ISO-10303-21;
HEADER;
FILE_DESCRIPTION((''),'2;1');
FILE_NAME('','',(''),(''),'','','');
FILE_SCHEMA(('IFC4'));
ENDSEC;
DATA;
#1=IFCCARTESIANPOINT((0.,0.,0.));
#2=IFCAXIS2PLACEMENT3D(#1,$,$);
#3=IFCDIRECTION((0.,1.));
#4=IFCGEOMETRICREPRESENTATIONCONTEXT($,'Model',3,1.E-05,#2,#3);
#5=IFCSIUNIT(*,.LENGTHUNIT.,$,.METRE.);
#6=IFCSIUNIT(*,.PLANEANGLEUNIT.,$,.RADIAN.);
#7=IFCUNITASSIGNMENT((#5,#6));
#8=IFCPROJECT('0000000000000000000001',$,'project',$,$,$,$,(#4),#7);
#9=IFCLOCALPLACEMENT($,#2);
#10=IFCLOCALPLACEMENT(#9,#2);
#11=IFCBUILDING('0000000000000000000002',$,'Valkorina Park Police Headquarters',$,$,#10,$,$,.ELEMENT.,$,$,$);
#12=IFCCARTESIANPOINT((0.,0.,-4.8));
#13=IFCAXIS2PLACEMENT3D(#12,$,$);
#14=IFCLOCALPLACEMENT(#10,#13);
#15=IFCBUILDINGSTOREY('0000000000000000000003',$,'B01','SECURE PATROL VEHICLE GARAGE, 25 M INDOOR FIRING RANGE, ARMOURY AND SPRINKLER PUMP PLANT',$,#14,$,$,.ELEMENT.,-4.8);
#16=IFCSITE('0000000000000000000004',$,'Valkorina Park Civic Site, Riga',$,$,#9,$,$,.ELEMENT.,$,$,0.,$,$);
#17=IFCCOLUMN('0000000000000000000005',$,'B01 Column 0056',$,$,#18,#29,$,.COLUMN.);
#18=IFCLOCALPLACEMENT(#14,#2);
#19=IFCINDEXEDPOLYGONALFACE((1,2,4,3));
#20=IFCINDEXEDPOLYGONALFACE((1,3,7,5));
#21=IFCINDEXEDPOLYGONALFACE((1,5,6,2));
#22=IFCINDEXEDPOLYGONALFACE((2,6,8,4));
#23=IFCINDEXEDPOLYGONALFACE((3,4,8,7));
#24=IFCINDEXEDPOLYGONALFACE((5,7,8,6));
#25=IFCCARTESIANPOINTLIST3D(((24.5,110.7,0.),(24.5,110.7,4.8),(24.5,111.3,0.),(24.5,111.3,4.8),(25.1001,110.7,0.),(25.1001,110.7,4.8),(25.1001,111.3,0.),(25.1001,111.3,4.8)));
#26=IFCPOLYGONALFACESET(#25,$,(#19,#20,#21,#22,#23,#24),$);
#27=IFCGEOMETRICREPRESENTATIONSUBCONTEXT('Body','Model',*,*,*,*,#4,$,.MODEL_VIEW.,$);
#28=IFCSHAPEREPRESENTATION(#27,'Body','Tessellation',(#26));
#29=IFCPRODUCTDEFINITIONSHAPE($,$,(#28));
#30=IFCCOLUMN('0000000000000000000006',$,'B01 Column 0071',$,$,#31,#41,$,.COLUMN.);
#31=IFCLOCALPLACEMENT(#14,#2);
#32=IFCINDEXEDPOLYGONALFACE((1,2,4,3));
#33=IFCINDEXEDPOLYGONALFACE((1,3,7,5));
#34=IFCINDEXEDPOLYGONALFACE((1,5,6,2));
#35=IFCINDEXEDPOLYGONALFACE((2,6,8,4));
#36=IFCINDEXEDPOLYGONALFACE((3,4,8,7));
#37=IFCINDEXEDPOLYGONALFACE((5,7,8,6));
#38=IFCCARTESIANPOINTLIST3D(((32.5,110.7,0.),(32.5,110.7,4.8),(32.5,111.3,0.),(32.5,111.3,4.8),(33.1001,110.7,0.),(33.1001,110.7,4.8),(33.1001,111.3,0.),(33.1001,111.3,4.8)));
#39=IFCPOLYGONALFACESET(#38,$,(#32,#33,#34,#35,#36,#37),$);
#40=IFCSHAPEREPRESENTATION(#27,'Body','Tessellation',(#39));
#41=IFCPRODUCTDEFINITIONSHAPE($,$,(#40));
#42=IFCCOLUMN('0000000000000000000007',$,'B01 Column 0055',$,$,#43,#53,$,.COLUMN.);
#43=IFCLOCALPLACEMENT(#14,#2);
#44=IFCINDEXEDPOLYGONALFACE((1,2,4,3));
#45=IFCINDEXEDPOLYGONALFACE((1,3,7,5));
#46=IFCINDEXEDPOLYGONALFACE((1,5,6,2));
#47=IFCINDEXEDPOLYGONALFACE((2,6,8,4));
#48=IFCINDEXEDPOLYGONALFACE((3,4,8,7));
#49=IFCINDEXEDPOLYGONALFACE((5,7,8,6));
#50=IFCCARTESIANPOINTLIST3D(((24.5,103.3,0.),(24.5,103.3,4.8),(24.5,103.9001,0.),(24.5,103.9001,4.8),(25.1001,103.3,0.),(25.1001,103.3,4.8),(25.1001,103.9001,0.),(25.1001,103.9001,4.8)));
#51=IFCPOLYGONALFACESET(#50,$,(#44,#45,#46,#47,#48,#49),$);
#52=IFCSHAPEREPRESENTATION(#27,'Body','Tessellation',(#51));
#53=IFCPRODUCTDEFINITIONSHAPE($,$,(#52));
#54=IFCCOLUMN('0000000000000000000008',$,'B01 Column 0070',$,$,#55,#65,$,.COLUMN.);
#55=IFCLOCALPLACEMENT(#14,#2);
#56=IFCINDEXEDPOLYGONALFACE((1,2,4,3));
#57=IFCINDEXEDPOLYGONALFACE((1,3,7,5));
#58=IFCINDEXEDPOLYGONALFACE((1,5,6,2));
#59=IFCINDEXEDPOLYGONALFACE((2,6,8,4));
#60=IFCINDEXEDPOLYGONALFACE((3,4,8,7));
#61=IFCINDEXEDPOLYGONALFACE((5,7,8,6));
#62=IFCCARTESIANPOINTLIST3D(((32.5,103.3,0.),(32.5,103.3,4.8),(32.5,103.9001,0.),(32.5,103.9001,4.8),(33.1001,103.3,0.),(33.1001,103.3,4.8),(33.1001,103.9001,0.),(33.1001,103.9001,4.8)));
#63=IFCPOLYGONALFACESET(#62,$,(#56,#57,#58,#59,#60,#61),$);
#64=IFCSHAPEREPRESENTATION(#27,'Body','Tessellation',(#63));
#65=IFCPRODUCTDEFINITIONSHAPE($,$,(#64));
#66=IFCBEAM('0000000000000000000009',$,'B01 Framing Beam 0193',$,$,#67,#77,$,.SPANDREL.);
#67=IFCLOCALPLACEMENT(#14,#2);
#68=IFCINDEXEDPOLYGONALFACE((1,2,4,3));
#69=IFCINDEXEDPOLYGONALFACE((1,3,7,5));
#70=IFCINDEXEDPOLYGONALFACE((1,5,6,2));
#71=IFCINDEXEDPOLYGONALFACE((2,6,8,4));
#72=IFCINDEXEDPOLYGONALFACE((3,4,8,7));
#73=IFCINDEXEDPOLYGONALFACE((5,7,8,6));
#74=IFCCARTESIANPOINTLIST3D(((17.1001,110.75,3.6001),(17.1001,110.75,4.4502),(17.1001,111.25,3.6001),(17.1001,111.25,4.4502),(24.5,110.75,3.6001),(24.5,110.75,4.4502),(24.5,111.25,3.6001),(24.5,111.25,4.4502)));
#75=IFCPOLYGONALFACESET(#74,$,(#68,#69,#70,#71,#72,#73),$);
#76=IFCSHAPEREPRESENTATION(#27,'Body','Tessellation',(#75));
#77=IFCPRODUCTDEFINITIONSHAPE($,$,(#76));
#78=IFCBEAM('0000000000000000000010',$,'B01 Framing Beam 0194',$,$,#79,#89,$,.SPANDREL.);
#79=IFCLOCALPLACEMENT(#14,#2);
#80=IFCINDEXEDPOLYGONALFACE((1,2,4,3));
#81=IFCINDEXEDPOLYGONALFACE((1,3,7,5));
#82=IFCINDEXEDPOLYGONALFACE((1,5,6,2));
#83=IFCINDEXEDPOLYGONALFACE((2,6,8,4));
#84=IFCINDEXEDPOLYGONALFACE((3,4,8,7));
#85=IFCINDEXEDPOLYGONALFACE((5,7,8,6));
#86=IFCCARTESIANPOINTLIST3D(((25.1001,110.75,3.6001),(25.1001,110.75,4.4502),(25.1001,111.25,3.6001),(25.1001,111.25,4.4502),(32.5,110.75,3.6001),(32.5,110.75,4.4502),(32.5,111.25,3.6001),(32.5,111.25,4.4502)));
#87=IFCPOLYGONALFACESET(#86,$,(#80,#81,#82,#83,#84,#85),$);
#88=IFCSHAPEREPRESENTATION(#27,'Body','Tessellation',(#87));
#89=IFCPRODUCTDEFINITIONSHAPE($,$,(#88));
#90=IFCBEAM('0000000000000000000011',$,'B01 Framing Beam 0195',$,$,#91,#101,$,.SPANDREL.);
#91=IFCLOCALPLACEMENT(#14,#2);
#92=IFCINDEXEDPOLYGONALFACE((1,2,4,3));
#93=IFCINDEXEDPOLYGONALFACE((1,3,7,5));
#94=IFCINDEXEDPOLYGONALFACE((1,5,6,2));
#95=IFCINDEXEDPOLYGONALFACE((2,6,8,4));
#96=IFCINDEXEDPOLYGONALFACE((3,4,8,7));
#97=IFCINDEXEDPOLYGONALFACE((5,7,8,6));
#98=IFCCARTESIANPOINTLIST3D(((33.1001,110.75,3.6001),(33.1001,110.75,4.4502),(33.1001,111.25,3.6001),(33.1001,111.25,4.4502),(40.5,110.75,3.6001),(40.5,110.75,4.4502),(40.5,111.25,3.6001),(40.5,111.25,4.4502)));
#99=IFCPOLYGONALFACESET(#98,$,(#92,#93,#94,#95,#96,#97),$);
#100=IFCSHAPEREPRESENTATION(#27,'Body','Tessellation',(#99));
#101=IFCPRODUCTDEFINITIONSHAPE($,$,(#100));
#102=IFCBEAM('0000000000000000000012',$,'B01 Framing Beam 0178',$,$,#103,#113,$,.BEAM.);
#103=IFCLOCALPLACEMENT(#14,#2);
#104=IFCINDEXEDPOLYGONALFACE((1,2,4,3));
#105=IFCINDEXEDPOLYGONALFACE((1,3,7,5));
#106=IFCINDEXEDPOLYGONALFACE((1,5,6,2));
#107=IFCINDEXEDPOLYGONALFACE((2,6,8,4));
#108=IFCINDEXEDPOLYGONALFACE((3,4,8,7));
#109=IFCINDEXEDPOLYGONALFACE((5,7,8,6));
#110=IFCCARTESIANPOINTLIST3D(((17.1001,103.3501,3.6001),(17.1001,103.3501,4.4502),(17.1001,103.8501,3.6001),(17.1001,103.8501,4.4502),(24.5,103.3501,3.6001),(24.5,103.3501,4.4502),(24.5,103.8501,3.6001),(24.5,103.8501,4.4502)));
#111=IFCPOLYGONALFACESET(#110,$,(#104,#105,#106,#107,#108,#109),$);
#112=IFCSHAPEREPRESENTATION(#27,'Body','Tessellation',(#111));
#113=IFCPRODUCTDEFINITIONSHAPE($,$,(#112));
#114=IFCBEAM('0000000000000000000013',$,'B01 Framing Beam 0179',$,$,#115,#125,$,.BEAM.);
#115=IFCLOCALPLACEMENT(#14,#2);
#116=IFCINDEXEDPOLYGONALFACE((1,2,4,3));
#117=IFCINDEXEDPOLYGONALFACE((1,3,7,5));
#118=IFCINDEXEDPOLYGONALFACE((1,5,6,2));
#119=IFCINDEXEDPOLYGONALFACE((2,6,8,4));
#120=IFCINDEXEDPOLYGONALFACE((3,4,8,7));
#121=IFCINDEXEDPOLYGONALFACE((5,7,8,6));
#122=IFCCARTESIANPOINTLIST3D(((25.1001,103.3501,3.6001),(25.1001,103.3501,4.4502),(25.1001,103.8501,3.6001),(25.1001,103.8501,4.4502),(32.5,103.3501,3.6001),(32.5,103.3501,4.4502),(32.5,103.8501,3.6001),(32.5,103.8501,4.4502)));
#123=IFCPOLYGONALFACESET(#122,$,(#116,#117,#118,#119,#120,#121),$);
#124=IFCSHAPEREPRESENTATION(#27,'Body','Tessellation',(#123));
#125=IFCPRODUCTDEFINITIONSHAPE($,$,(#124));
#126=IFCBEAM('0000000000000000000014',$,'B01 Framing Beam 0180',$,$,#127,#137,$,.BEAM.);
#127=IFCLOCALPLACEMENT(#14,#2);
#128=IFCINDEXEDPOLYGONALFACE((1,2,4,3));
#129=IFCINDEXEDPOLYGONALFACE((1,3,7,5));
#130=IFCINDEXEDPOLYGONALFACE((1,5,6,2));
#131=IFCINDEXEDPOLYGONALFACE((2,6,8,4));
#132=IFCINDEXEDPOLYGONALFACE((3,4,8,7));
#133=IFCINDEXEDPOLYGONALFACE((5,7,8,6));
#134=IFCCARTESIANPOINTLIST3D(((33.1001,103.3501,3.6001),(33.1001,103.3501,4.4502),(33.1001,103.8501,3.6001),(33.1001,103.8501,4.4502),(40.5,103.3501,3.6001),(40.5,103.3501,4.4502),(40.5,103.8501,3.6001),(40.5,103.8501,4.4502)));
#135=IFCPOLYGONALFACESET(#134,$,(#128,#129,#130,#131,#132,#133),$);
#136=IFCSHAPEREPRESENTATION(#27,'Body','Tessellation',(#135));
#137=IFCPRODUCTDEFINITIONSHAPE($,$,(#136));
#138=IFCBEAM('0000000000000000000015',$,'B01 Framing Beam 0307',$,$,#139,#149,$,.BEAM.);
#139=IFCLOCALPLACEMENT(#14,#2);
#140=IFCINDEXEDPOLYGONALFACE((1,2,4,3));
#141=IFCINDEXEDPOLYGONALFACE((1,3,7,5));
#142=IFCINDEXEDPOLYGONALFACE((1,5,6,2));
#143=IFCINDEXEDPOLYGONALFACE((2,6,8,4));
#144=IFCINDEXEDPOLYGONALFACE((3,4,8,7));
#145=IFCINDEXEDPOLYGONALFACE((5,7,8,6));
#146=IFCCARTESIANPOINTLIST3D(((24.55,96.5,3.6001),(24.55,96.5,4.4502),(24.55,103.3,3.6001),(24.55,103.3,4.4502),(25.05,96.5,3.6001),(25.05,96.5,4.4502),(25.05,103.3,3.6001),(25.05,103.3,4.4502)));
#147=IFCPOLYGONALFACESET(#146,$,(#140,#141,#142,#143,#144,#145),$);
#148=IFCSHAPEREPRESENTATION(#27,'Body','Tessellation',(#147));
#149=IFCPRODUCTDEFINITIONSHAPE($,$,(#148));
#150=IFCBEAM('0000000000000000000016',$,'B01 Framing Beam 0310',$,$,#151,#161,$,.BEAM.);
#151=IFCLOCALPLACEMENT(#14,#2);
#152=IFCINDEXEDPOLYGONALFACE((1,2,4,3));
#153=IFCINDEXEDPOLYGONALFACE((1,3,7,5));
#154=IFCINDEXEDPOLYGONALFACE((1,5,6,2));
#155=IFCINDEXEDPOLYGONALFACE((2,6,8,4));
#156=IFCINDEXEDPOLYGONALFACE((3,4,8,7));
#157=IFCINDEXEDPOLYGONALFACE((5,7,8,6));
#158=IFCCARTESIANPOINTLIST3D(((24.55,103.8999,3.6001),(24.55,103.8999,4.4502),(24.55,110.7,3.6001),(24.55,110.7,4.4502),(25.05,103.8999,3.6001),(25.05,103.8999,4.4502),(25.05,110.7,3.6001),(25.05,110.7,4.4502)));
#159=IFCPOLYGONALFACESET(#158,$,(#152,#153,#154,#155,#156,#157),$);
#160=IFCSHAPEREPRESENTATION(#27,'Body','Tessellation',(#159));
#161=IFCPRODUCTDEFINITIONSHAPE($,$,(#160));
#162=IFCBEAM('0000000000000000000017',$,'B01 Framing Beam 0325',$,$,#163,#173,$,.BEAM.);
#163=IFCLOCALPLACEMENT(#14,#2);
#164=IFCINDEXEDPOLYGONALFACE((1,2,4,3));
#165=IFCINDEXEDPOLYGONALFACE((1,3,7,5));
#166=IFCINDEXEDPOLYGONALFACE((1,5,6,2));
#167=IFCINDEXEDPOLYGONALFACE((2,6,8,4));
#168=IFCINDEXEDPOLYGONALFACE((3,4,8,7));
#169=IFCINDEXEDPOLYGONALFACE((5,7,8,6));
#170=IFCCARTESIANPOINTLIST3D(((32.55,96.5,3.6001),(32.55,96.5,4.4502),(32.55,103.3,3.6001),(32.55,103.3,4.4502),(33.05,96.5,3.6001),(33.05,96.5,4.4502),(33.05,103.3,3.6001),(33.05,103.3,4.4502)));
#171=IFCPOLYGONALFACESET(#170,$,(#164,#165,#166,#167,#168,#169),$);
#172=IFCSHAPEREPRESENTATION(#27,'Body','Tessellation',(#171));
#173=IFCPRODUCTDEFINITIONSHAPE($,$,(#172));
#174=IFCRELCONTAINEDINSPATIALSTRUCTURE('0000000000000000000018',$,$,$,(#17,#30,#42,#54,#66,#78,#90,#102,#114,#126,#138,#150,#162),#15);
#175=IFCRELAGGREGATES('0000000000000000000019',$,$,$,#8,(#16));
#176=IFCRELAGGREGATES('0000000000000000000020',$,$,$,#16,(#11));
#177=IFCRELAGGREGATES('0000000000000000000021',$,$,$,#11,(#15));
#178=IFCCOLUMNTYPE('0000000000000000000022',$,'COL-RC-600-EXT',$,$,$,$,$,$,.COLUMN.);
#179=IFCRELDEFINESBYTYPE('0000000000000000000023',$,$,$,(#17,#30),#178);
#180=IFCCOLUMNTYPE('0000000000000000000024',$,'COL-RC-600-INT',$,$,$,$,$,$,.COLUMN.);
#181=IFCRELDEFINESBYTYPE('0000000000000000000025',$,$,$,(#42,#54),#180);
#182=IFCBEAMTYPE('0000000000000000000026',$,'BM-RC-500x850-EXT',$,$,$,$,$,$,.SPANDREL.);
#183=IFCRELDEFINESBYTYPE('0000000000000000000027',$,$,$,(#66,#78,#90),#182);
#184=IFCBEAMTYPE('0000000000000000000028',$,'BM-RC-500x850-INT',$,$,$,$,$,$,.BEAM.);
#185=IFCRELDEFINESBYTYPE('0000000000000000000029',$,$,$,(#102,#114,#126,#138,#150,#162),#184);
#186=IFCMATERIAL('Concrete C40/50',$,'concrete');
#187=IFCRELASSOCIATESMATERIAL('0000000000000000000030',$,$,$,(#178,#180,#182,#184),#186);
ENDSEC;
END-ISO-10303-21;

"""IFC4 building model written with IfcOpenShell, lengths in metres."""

from ifc_helpers import new_model, si_unit, direction, frame, origin, origin_2d, place, context, subcontext, project, spatial, rectangle, extrude, material, material_profile, profile_set, type_object, element, save


model = new_model("IFC4")

# Units and contexts
model_context = context("Model", 3, precision=1e-05, world=origin(), true_north=direction((0.0, 1.0)))
body_context = subcontext(model_context, "Body", "Model", "MODEL_VIEW")
ifc_project = project(units=[si_unit("LENGTHUNIT", "METRE"), si_unit("PLANEANGLEUNIT", "RADIAN")], contexts=[model_context])

# Site, building, storey
site_placement = place(None, origin())
site = spatial("IfcSite", under=ifc_project, at=site_placement, Name="Valkorina Park Civic Site, Riga", CompositionType="ELEMENT", RefElevation=0.0)
building_placement = place(site_placement, origin())
building = spatial("IfcBuilding", under=site, at=building_placement, Name="Valkorina Park Police Headquarters", CompositionType="ELEMENT")
storey_placement = place(building_placement, frame((0.0, 0.0, -4.8)))
storey = spatial("IfcBuildingStorey", under=building, at=storey_placement, Name="B01", Description="SECURE PATROL VEHICLE GARAGE, 25 M INDOOR FIRING RANGE, ARMOURY AND SPRINKLER PUMP PLANT", CompositionType="ELEMENT", Elevation=-4.8)

# Columns
ifc_material_1 = material(Name="Concrete C40/50", Category="concrete")
ifc_material_profile_1 = material_profile(ifc_material_1, rectangle(XDim=0.6001, YDim=0.6001, at=origin_2d()), Name="RC COL 600x600")
ifc_profile_set_1 = profile_set([ifc_material_profile_1], Name="Concrete C40/50")
column_type_1 = type_object("IfcColumnType", Name="COL-RC-600-EXT", PredefinedType="COLUMN", material=ifc_profile_set_1)
for number, where, z_axis, x_axis, name in (
    (1, (24.8, 111.0, 0.0), (0.0, 0.0, 1.0), (1.0, 0.0, 0.0), "B01 Column 0056"),
    (2, (32.8, 111.0, 0.0), (0.0, 0.0, 1.0), (1.0, 0.0, 0.0), "B01 Column 0071"),
):
    element("IfcColumn", number, at=place(storey_placement, frame(where, z_axis=z_axis, x_axis=x_axis)), inside=storey, type_object=column_type_1, Name=name, PredefinedType="COLUMN", context=body_context, shape_type="SweptSolid", body=[
        extrude(rectangle(XDim=0.6001, YDim=0.6001, at=origin_2d()), origin(), (0.0, 0.0, 1.0), 4.8),
    ])
ifc_material_profile_2 = material_profile(ifc_material_1, rectangle(XDim=0.6001, YDim=0.6001, at=origin_2d()), Name="RC COL 600x600")
ifc_profile_set_2 = profile_set([ifc_material_profile_2], Name="Concrete C40/50")
column_type_2 = type_object("IfcColumnType", Name="COL-RC-600-INT", PredefinedType="COLUMN", material=ifc_profile_set_2)
for number, where, z_axis, x_axis, name in (
    (3, (24.8, 103.6001, 0.0), (0.0, 0.0, 1.0), (1.0, 0.0, 0.0), "B01 Column 0055"),
    (4, (32.8, 103.6001, 0.0), (0.0, 0.0, 1.0), (1.0, 0.0, 0.0), "B01 Column 0070"),
):
    element("IfcColumn", number, at=place(storey_placement, frame(where, z_axis=z_axis, x_axis=x_axis)), inside=storey, type_object=column_type_2, Name=name, PredefinedType="COLUMN", context=body_context, shape_type="SweptSolid", body=[
        extrude(rectangle(XDim=0.6001, YDim=0.6001, at=origin_2d()), origin(), (0.0, 0.0, 1.0), 4.8),
    ])

# Beams
ifc_material_profile_3 = material_profile(ifc_material_1, rectangle(XDim=0.5, YDim=0.8501, at=origin_2d()), Name="RC BEAM 500x850")
ifc_profile_set_3 = profile_set([ifc_material_profile_3], Name="Concrete C40/50")
beam_type_1 = type_object("IfcBeamType", Name="BM-RC-500x850-EXT", PredefinedType="SPANDREL", material=ifc_profile_set_3)
for number, where, z_axis, x_axis, name in (
    (5, (17.1001, 111.0, 4.0251), (1.0, 0.0, 0.0), (0.0, 1.0, 0.0), "B01 Framing Beam 0193"),
    (6, (25.1001, 111.0, 4.0251), (1.0, 0.0, 0.0), (0.0, 1.0, 0.0), "B01 Framing Beam 0194"),
    (7, (33.1001, 111.0, 4.0251), (1.0, 0.0, 0.0), (0.0, 1.0, 0.0), "B01 Framing Beam 0195"),
):
    element("IfcBeam", number, at=place(storey_placement, frame(where, z_axis=z_axis, x_axis=x_axis)), inside=storey, type_object=beam_type_1, Name=name, PredefinedType="SPANDREL", context=body_context, shape_type="SweptSolid", body=[
        extrude(rectangle(XDim=0.5, YDim=0.8501, at=origin_2d()), origin(), (0.0, 0.0, 1.0), 7.3999),
    ])
ifc_material_profile_4 = material_profile(ifc_material_1, rectangle(XDim=0.5, YDim=0.8501, at=origin_2d()), Name="RC BEAM 500x850")
ifc_profile_set_4 = profile_set([ifc_material_profile_4], Name="Concrete C40/50")
beam_type_2 = type_object("IfcBeamType", Name="BM-RC-500x850-INT", PredefinedType="BEAM", material=ifc_profile_set_4)
for number, where, z_axis, x_axis, name in (
    (8, (17.1001, 103.6001, 4.0251), (1.0, 0.0, 0.0), (0.0, 1.0, 0.0), "B01 Framing Beam 0178"),
    (9, (25.1001, 103.6001, 4.0251), (1.0, 0.0, 0.0), (0.0, 1.0, 0.0), "B01 Framing Beam 0179"),
    (10, (33.1001, 103.6001, 4.0251), (1.0, 0.0, 0.0), (0.0, 1.0, 0.0), "B01 Framing Beam 0180"),
):
    element("IfcBeam", number, at=place(storey_placement, frame(where, z_axis=z_axis, x_axis=x_axis)), inside=storey, type_object=beam_type_2, Name=name, PredefinedType="BEAM", context=body_context, shape_type="SweptSolid", body=[
        extrude(rectangle(XDim=0.5, YDim=0.8501, at=origin_2d()), origin(), (0.0, 0.0, 1.0), 7.3999),
    ])
for number, where, z_axis, x_axis, name in (
    (11, (24.8, 96.5, 4.0251), (0.0, 1.0, 0.0), (-1.0, 0.0, 0.0), "B01 Framing Beam 0307"),
    (12, (24.8, 103.8999, 4.0251), (0.0, 1.0, 0.0), (-1.0, 0.0, 0.0), "B01 Framing Beam 0310"),
    (13, (32.8, 96.5, 4.0251), (0.0, 1.0, 0.0), (-1.0, 0.0, 0.0), "B01 Framing Beam 0325"),
):
    element("IfcBeam", number, at=place(storey_placement, frame(where, z_axis=z_axis, x_axis=x_axis)), inside=storey, type_object=beam_type_2, Name=name, PredefinedType="BEAM", context=body_context, shape_type="SweptSolid", body=[
        extrude(rectangle(XDim=0.5, YDim=0.8501, at=origin_2d()), origin(), (0.0, 0.0, 1.0), 6.8),
    ])

save(model, "model.ifc")
